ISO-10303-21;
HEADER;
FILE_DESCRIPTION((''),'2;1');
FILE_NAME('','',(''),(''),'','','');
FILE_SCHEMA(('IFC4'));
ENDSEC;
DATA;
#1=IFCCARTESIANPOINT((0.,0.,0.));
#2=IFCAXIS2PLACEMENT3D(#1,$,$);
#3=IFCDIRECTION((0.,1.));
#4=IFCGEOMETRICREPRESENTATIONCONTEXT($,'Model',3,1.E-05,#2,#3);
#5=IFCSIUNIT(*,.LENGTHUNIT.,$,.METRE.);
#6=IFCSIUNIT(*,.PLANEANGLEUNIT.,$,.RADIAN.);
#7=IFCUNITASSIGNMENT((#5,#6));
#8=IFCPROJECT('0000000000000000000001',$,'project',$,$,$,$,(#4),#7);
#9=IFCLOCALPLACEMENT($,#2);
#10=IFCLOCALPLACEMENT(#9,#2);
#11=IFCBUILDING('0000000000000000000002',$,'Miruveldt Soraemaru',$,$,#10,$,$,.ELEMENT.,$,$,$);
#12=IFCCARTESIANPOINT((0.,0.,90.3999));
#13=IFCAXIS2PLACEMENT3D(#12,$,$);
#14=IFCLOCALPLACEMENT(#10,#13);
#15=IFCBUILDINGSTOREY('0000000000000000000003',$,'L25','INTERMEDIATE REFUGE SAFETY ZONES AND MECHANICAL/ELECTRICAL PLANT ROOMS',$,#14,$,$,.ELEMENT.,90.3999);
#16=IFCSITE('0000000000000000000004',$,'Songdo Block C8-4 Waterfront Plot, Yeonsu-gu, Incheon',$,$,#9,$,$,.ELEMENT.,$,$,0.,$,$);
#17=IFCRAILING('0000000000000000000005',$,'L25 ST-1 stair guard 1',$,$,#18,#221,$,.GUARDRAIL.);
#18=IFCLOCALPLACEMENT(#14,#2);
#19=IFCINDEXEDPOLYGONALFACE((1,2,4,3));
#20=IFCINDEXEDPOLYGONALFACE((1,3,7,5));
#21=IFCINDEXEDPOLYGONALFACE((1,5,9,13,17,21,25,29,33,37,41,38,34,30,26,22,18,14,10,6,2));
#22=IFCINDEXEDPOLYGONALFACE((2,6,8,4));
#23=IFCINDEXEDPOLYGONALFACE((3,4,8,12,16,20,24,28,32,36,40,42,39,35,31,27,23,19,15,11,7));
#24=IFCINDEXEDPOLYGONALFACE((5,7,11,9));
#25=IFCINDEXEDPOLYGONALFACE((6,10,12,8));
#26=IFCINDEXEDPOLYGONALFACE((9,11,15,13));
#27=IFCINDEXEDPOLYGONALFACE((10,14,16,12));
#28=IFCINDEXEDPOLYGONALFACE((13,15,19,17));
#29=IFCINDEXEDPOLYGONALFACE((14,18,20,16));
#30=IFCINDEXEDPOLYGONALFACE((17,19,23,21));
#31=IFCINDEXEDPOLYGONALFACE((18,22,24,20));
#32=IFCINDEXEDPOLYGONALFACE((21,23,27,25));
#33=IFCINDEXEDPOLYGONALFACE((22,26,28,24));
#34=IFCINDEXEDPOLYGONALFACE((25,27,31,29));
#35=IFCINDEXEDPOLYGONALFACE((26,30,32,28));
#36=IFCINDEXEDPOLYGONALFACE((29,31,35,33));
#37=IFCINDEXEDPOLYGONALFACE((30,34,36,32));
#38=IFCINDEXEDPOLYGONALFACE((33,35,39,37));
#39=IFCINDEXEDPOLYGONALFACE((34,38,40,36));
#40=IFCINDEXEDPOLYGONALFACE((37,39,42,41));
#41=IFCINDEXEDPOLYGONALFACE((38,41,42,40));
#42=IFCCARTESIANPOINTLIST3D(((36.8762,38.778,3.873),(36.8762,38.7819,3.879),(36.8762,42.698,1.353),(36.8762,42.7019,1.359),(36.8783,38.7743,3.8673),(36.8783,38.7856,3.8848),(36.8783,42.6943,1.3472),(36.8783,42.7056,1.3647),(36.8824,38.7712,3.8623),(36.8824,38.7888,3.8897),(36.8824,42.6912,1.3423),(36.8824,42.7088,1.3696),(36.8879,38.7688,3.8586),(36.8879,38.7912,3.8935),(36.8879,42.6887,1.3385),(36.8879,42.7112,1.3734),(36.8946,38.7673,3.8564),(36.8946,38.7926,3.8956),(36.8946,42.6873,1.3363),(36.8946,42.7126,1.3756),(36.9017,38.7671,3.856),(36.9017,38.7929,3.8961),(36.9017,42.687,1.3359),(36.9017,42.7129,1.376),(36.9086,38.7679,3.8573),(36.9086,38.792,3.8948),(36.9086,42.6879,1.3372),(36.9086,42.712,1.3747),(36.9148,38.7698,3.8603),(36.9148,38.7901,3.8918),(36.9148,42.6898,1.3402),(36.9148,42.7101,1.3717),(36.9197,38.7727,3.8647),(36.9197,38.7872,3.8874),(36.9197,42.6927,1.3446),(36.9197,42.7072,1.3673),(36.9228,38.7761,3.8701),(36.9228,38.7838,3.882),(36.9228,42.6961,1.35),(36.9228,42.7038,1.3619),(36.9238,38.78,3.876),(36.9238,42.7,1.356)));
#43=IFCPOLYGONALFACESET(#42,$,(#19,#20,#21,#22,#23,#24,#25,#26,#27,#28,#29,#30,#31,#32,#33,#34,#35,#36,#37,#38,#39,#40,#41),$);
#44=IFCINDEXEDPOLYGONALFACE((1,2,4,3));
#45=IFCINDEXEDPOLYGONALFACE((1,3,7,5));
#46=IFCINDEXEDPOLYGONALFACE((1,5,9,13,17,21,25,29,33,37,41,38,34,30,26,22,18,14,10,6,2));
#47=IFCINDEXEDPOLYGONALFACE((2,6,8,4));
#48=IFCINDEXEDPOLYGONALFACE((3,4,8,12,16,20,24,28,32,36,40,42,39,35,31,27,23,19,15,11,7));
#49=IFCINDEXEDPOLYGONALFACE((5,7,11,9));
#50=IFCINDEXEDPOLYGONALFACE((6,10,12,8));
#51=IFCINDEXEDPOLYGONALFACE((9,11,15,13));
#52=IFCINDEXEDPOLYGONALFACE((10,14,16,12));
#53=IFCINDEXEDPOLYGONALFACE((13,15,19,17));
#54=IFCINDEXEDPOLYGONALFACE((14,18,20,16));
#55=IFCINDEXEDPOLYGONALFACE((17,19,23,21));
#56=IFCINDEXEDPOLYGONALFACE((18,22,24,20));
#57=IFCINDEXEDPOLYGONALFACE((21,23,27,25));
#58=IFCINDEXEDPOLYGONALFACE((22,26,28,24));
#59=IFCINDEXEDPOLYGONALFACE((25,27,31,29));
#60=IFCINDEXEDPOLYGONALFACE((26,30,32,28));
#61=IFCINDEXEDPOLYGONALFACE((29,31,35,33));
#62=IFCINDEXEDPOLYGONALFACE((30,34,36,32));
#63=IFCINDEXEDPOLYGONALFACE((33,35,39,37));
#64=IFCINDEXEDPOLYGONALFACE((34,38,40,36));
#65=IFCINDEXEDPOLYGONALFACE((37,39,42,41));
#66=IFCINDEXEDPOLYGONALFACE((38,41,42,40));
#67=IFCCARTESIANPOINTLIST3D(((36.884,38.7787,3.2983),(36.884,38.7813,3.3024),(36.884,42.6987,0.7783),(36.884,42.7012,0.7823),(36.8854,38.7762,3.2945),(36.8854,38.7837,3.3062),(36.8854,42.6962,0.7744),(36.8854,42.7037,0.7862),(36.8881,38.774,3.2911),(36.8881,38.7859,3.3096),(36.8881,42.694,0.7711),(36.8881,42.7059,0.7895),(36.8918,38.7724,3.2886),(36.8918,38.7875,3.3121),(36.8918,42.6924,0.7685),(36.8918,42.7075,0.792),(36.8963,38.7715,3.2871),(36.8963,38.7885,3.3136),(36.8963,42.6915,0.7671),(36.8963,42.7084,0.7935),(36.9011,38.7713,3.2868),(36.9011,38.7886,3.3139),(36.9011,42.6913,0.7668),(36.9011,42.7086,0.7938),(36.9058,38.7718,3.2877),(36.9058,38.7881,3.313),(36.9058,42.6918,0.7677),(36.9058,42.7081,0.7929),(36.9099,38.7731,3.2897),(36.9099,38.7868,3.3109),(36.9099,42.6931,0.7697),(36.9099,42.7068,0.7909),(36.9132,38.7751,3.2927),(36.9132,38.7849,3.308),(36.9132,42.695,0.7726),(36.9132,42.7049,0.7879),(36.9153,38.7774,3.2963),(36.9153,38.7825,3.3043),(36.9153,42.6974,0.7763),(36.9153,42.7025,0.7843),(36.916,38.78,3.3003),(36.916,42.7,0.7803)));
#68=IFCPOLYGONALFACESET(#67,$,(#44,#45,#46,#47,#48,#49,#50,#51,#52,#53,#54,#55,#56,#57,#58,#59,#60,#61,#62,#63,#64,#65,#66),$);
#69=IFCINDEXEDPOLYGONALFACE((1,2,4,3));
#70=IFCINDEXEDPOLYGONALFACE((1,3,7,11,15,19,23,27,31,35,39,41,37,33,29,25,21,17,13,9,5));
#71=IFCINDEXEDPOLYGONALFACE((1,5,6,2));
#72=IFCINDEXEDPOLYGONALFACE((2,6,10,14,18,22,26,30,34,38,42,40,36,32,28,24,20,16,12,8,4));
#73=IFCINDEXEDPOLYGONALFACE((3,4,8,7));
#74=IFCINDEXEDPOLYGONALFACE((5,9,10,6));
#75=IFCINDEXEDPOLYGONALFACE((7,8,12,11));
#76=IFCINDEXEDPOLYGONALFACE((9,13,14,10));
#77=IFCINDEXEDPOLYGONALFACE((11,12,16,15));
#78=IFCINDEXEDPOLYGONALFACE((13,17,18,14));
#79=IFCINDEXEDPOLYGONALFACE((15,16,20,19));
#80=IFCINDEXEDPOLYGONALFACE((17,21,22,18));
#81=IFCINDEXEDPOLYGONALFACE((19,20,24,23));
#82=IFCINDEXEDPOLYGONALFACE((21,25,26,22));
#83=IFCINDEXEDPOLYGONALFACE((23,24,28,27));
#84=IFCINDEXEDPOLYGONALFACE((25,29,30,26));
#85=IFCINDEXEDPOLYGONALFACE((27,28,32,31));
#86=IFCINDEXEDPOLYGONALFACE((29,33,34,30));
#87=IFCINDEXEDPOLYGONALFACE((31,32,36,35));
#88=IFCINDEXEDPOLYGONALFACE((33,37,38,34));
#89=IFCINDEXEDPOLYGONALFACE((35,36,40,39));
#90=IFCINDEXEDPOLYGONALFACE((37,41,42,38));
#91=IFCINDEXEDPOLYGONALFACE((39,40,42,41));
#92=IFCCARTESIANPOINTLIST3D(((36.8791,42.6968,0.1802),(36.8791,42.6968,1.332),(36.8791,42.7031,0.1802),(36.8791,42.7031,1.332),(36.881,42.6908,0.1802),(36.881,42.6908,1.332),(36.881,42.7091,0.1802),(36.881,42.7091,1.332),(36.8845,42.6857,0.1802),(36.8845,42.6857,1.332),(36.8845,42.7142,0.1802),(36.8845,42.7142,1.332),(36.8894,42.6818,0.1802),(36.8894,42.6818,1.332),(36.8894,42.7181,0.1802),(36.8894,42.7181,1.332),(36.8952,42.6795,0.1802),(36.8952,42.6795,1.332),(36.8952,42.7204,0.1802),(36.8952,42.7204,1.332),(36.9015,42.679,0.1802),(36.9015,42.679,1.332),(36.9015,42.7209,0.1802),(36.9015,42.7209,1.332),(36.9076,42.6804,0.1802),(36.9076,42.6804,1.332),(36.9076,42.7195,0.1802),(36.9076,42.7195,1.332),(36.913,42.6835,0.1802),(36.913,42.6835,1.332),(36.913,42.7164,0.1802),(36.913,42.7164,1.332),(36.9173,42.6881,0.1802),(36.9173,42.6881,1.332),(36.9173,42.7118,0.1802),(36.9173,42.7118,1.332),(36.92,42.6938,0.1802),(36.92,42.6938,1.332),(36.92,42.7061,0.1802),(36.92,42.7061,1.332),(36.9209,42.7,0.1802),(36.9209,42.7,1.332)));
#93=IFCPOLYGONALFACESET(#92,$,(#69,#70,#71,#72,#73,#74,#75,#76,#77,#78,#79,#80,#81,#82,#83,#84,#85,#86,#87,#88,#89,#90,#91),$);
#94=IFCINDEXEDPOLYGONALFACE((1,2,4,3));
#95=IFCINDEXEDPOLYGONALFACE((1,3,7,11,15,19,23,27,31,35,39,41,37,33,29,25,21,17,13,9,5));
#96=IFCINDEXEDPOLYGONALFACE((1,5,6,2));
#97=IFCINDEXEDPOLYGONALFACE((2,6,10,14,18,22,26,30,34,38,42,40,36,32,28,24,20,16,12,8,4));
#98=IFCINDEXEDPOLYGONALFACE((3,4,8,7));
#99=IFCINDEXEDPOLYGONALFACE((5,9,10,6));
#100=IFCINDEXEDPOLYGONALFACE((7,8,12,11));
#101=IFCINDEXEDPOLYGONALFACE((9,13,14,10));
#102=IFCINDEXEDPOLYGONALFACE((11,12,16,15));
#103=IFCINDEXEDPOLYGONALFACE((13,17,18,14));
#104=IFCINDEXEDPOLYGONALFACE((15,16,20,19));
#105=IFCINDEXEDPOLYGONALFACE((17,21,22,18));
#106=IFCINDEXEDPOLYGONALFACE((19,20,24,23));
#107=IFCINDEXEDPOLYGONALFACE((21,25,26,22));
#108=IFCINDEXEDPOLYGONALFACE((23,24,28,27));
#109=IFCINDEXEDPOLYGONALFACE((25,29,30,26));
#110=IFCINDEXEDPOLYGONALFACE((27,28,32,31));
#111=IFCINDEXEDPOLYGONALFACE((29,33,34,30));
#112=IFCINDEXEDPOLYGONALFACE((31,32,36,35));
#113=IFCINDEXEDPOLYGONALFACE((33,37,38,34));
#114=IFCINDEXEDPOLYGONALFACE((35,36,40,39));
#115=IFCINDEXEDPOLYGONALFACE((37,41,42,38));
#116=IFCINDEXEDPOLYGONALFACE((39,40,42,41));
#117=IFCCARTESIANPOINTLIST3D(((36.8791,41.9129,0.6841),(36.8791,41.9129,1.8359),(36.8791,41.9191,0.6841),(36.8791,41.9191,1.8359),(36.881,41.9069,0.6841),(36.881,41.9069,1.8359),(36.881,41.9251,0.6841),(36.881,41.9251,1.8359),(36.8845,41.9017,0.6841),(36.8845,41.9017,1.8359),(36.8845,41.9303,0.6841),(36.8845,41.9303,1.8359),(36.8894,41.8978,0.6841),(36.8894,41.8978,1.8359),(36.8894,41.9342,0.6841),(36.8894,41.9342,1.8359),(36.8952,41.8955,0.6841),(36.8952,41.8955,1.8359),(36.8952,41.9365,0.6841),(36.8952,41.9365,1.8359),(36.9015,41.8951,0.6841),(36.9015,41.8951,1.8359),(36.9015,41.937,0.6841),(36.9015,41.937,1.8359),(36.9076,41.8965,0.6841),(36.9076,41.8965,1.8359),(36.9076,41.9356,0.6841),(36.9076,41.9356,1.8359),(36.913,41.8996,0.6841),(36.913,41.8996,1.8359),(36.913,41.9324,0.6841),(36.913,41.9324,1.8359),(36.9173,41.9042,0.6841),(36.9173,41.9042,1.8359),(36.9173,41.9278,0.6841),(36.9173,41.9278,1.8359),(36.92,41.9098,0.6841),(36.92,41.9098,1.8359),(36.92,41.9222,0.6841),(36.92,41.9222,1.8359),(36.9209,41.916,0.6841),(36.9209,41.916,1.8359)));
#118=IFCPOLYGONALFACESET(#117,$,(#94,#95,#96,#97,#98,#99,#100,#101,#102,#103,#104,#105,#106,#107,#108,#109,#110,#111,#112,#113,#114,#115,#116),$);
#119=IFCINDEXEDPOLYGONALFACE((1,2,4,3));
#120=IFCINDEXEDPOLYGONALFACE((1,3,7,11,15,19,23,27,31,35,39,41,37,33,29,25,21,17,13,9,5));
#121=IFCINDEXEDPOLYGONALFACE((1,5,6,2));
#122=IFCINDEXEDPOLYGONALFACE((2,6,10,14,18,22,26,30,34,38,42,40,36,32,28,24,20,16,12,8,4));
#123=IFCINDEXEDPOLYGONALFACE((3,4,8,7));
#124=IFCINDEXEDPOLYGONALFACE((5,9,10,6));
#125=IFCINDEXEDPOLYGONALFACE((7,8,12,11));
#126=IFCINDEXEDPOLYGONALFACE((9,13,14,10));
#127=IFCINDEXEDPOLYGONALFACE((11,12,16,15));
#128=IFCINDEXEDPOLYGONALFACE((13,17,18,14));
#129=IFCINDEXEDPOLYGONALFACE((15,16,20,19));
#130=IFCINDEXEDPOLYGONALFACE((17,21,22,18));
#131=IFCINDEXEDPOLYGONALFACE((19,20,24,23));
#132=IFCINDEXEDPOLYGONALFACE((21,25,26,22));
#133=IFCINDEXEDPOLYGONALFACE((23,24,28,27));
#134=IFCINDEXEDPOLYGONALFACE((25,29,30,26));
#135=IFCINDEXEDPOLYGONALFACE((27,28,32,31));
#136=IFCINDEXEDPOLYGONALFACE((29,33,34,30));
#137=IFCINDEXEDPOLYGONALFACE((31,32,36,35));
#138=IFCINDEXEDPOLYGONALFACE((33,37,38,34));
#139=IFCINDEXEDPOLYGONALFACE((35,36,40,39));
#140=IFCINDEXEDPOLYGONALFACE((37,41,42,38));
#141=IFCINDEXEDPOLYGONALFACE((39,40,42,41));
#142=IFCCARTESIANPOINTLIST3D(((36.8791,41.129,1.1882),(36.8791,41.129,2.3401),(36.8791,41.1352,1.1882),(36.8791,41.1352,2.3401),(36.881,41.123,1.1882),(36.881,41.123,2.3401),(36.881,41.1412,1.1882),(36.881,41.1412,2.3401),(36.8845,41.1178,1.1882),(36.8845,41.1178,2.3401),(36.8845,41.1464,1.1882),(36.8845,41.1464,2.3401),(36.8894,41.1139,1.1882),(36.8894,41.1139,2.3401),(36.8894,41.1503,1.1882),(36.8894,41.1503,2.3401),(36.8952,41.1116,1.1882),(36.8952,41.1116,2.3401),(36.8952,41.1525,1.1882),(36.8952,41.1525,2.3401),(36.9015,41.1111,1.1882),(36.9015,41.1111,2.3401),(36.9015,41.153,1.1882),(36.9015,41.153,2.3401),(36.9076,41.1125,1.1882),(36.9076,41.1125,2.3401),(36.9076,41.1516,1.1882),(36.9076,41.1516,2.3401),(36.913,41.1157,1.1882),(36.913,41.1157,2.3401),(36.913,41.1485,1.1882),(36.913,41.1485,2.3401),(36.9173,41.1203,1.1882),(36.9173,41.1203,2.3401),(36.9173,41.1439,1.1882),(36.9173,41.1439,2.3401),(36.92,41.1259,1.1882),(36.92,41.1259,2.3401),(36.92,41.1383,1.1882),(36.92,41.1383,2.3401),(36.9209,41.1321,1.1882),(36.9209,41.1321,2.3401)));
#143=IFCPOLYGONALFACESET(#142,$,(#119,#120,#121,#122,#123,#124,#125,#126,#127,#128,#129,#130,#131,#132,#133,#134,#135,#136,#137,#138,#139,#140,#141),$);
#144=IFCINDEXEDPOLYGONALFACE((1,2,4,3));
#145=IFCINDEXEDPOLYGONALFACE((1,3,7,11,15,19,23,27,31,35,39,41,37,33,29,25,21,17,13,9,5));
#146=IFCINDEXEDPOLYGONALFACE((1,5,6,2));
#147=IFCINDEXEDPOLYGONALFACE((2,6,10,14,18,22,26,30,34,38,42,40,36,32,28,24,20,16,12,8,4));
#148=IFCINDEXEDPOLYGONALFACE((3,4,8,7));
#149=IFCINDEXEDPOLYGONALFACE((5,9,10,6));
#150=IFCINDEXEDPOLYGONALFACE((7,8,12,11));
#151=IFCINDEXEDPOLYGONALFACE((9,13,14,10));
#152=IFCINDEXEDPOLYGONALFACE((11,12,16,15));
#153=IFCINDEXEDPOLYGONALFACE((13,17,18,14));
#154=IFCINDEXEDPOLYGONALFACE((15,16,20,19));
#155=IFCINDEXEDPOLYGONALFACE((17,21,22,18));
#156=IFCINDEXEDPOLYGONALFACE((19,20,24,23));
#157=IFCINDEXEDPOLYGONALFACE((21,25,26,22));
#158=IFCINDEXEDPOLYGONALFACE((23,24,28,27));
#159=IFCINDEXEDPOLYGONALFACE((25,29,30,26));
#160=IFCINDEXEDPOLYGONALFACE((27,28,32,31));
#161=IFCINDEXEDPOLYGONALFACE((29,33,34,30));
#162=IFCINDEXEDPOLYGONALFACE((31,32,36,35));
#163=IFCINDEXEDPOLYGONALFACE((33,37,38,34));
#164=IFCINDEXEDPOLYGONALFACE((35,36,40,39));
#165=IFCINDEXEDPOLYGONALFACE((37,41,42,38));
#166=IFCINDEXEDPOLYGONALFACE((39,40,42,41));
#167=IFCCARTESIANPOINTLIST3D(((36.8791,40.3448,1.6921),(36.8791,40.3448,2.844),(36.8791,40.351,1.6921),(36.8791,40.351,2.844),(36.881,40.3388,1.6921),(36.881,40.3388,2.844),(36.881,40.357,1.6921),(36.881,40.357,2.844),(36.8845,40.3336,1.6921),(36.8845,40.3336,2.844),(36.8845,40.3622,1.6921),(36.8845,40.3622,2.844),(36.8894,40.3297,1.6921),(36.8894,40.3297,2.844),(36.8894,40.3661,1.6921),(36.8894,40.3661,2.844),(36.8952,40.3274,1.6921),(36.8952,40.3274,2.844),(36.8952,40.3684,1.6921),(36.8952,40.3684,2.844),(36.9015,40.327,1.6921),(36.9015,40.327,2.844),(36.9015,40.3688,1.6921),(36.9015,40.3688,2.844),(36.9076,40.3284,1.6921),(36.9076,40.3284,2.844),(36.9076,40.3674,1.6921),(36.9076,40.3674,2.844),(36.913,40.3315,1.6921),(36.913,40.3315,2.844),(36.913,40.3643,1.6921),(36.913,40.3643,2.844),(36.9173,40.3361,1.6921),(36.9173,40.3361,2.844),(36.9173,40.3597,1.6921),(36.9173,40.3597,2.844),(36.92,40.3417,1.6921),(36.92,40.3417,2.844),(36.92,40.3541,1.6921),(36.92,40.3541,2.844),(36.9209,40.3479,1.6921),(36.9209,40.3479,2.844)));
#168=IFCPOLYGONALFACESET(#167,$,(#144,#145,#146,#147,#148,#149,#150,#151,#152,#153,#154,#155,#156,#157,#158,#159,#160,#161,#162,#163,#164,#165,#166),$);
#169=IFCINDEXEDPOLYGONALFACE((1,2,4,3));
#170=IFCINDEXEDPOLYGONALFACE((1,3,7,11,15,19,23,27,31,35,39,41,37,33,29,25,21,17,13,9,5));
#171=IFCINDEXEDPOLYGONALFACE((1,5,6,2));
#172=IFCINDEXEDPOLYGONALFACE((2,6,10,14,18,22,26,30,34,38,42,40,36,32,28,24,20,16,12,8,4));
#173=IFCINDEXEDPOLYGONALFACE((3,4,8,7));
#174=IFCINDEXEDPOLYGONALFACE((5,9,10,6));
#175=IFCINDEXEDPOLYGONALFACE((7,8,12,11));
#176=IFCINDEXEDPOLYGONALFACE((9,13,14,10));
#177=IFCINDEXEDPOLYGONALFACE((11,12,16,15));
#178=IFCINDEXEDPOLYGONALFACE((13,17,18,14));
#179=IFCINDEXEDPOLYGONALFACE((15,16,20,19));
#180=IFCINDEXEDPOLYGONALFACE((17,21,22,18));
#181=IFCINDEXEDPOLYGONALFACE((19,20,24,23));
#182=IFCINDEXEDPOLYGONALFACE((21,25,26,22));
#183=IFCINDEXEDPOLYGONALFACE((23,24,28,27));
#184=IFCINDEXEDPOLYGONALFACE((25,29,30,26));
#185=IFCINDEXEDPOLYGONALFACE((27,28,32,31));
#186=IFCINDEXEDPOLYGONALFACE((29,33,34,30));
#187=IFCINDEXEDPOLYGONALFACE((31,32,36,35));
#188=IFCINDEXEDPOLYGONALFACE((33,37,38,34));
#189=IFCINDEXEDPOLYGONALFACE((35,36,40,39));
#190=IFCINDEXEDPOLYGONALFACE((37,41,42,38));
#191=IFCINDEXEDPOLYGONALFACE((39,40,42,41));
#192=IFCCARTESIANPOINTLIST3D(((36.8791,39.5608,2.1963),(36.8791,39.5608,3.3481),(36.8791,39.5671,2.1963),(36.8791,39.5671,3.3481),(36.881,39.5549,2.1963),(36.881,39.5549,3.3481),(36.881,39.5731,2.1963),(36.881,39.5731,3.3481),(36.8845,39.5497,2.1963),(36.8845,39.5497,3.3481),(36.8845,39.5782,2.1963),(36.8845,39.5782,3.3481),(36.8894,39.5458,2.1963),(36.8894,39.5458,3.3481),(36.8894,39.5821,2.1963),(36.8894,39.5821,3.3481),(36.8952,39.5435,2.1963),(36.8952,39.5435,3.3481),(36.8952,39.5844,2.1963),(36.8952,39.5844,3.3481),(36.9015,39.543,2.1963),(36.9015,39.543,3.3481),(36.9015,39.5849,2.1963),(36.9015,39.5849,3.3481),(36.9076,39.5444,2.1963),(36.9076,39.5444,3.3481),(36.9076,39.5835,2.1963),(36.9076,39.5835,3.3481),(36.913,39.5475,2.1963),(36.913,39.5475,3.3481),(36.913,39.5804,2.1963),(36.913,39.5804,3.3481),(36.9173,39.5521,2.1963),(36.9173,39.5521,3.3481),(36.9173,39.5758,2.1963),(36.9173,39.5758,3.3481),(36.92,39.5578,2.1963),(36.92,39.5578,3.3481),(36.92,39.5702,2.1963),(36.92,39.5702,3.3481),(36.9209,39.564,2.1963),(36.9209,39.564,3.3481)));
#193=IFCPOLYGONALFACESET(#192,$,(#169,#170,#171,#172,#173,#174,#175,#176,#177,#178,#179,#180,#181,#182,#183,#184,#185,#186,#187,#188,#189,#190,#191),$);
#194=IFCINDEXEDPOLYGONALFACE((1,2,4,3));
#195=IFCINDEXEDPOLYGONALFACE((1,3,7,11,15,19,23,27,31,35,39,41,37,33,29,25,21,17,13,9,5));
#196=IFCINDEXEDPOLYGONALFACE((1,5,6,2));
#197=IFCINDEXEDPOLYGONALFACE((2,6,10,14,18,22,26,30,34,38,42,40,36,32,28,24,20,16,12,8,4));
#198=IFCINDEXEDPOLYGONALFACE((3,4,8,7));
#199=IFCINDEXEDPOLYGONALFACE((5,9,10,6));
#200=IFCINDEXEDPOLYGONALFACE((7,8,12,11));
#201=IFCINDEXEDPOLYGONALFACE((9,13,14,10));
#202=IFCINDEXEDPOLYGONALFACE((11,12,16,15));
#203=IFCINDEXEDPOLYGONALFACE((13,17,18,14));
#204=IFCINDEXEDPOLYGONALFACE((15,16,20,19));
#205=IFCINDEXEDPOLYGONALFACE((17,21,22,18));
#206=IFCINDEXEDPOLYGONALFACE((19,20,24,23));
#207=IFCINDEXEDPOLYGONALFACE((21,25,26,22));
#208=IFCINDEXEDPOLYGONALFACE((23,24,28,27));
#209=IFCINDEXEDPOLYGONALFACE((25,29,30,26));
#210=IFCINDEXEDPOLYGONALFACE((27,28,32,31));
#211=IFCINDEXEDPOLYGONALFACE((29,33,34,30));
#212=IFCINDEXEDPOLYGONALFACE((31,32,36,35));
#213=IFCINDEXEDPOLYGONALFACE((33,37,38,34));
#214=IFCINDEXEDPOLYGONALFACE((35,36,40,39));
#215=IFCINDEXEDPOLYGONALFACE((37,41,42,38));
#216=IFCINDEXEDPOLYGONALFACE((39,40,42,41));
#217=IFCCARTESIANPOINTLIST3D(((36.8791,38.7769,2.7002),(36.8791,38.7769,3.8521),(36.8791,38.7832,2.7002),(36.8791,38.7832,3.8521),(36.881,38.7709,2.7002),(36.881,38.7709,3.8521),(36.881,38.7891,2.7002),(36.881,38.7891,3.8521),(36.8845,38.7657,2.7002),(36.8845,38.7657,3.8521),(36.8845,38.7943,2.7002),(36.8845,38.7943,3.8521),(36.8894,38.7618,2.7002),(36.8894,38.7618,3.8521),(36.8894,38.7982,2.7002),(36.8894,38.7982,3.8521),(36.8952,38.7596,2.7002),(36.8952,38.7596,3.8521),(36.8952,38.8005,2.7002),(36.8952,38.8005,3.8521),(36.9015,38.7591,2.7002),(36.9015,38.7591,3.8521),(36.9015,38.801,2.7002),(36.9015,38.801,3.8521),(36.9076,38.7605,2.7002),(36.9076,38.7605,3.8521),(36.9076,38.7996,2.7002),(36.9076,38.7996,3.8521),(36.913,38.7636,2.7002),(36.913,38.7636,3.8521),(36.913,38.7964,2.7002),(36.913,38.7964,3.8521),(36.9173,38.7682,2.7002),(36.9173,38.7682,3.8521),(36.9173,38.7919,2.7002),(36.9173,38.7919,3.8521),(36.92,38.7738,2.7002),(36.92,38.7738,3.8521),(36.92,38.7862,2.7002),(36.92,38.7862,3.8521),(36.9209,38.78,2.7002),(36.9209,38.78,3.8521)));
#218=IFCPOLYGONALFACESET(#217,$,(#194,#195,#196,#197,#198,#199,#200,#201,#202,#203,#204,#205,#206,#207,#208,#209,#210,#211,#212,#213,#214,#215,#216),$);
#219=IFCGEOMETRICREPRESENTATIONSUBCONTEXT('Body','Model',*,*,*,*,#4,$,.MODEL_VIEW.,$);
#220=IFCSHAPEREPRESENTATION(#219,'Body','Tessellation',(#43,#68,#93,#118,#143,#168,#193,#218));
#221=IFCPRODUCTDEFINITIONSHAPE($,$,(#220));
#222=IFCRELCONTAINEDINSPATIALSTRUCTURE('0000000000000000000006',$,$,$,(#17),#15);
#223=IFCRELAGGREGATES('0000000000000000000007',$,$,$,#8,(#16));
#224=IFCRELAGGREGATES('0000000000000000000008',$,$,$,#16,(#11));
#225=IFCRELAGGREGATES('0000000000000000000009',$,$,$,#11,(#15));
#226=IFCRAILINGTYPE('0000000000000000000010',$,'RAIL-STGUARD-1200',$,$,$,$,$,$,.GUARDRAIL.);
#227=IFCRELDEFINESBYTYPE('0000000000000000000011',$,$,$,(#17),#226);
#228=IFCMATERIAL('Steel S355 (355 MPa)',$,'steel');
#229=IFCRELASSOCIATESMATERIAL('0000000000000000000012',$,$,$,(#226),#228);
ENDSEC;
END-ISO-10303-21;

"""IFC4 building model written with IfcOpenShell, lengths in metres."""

from ifc_helpers import new_model, si_unit, direction, frame, origin, origin_2d, place, context, subcontext, project, spatial, circle, extrude, material, type_object, element, save


model = new_model("IFC4")

# Units and contexts
model_context = context("Model", 3, precision=1e-05, world=origin(), true_north=direction((0.0, 1.0)))
body_context = subcontext(model_context, "Body", "Model", "MODEL_VIEW")
ifc_project = project(units=[si_unit("LENGTHUNIT", "METRE"), si_unit("PLANEANGLEUNIT", "RADIAN")], contexts=[model_context])

# Site, building, storey
site_placement = place(None, origin())
site = spatial("IfcSite", under=ifc_project, at=site_placement, Name="Songdo Block C8-4 Waterfront Plot, Yeonsu-gu, Incheon", CompositionType="ELEMENT", RefElevation=0.0)
building_placement = place(site_placement, origin())
building = spatial("IfcBuilding", under=site, at=building_placement, Name="Miruveldt Soraemaru", CompositionType="ELEMENT")
storey_placement = place(building_placement, frame((0.0, 0.0, 90.3999)))
storey = spatial("IfcBuildingStorey", under=building, at=storey_placement, Name="L25", Description="INTERMEDIATE REFUGE SAFETY ZONES AND MECHANICAL/ELECTRICAL PLANT ROOMS", CompositionType="ELEMENT", Elevation=90.3999)

# Railing
ifc_material_1 = material(Name="Steel S355 (355 MPa)", Category="steel")
railing_type_1 = type_object("IfcRailingType", Name="RAIL-STGUARD-1200", PredefinedType="GUARDRAIL", material=ifc_material_1)
railing_1_placement = place(storey_placement, frame((36.8999, 42.7, 0.1802)))
element("IfcRailing", 1, at=railing_1_placement, inside=storey, type_object=railing_type_1, Name="L25 ST-1 stair guard 1", PredefinedType="GUARDRAIL", context=body_context, shape_type="SweptSolid", body=[
    extrude(circle(Radius=0.0239, at=origin_2d()), frame((0.0, 0.0, 1.1758), z_axis=(0.0, -0.841172, 0.540768), x_axis=(1.0, 0.0, 0.0)), (0.0, 0.0, 1.0), 4.6602),
    extrude(circle(Radius=0.0161, at=origin_2d()), frame((0.0, 0.0, 0.6001), z_axis=(0.0, -0.841172, 0.540768), x_axis=(1.0, 0.0, 0.0)), (0.0, 0.0, 1.0), 4.6602),
    extrude(circle(Radius=0.021, at=origin_2d()), origin(), (0.0, 0.0, 1.0), 1.1519),
    extrude(circle(Radius=0.021, at=origin_2d()), frame((0.0, -0.7839, 0.5039)), (0.0, 0.0, 1.0), 1.1519),
    extrude(circle(Radius=0.021, at=origin_2d()), frame((0.0, -1.5679, 1.0081)), (0.0, 0.0, 1.0), 1.1519),
    extrude(circle(Radius=0.021, at=origin_2d()), frame((0.0, -2.3521, 1.512)), (0.0, 0.0, 1.0), 1.1519),
    extrude(circle(Radius=0.021, at=origin_2d()), frame((0.0, -3.136, 2.0161)), (0.0, 0.0, 1.0), 1.1519),
    extrude(circle(Radius=0.021, at=origin_2d()), frame((0.0, -3.9199, 2.52)), (0.0, 0.0, 1.0), 1.1519),
])

save(model, "model.ifc")
